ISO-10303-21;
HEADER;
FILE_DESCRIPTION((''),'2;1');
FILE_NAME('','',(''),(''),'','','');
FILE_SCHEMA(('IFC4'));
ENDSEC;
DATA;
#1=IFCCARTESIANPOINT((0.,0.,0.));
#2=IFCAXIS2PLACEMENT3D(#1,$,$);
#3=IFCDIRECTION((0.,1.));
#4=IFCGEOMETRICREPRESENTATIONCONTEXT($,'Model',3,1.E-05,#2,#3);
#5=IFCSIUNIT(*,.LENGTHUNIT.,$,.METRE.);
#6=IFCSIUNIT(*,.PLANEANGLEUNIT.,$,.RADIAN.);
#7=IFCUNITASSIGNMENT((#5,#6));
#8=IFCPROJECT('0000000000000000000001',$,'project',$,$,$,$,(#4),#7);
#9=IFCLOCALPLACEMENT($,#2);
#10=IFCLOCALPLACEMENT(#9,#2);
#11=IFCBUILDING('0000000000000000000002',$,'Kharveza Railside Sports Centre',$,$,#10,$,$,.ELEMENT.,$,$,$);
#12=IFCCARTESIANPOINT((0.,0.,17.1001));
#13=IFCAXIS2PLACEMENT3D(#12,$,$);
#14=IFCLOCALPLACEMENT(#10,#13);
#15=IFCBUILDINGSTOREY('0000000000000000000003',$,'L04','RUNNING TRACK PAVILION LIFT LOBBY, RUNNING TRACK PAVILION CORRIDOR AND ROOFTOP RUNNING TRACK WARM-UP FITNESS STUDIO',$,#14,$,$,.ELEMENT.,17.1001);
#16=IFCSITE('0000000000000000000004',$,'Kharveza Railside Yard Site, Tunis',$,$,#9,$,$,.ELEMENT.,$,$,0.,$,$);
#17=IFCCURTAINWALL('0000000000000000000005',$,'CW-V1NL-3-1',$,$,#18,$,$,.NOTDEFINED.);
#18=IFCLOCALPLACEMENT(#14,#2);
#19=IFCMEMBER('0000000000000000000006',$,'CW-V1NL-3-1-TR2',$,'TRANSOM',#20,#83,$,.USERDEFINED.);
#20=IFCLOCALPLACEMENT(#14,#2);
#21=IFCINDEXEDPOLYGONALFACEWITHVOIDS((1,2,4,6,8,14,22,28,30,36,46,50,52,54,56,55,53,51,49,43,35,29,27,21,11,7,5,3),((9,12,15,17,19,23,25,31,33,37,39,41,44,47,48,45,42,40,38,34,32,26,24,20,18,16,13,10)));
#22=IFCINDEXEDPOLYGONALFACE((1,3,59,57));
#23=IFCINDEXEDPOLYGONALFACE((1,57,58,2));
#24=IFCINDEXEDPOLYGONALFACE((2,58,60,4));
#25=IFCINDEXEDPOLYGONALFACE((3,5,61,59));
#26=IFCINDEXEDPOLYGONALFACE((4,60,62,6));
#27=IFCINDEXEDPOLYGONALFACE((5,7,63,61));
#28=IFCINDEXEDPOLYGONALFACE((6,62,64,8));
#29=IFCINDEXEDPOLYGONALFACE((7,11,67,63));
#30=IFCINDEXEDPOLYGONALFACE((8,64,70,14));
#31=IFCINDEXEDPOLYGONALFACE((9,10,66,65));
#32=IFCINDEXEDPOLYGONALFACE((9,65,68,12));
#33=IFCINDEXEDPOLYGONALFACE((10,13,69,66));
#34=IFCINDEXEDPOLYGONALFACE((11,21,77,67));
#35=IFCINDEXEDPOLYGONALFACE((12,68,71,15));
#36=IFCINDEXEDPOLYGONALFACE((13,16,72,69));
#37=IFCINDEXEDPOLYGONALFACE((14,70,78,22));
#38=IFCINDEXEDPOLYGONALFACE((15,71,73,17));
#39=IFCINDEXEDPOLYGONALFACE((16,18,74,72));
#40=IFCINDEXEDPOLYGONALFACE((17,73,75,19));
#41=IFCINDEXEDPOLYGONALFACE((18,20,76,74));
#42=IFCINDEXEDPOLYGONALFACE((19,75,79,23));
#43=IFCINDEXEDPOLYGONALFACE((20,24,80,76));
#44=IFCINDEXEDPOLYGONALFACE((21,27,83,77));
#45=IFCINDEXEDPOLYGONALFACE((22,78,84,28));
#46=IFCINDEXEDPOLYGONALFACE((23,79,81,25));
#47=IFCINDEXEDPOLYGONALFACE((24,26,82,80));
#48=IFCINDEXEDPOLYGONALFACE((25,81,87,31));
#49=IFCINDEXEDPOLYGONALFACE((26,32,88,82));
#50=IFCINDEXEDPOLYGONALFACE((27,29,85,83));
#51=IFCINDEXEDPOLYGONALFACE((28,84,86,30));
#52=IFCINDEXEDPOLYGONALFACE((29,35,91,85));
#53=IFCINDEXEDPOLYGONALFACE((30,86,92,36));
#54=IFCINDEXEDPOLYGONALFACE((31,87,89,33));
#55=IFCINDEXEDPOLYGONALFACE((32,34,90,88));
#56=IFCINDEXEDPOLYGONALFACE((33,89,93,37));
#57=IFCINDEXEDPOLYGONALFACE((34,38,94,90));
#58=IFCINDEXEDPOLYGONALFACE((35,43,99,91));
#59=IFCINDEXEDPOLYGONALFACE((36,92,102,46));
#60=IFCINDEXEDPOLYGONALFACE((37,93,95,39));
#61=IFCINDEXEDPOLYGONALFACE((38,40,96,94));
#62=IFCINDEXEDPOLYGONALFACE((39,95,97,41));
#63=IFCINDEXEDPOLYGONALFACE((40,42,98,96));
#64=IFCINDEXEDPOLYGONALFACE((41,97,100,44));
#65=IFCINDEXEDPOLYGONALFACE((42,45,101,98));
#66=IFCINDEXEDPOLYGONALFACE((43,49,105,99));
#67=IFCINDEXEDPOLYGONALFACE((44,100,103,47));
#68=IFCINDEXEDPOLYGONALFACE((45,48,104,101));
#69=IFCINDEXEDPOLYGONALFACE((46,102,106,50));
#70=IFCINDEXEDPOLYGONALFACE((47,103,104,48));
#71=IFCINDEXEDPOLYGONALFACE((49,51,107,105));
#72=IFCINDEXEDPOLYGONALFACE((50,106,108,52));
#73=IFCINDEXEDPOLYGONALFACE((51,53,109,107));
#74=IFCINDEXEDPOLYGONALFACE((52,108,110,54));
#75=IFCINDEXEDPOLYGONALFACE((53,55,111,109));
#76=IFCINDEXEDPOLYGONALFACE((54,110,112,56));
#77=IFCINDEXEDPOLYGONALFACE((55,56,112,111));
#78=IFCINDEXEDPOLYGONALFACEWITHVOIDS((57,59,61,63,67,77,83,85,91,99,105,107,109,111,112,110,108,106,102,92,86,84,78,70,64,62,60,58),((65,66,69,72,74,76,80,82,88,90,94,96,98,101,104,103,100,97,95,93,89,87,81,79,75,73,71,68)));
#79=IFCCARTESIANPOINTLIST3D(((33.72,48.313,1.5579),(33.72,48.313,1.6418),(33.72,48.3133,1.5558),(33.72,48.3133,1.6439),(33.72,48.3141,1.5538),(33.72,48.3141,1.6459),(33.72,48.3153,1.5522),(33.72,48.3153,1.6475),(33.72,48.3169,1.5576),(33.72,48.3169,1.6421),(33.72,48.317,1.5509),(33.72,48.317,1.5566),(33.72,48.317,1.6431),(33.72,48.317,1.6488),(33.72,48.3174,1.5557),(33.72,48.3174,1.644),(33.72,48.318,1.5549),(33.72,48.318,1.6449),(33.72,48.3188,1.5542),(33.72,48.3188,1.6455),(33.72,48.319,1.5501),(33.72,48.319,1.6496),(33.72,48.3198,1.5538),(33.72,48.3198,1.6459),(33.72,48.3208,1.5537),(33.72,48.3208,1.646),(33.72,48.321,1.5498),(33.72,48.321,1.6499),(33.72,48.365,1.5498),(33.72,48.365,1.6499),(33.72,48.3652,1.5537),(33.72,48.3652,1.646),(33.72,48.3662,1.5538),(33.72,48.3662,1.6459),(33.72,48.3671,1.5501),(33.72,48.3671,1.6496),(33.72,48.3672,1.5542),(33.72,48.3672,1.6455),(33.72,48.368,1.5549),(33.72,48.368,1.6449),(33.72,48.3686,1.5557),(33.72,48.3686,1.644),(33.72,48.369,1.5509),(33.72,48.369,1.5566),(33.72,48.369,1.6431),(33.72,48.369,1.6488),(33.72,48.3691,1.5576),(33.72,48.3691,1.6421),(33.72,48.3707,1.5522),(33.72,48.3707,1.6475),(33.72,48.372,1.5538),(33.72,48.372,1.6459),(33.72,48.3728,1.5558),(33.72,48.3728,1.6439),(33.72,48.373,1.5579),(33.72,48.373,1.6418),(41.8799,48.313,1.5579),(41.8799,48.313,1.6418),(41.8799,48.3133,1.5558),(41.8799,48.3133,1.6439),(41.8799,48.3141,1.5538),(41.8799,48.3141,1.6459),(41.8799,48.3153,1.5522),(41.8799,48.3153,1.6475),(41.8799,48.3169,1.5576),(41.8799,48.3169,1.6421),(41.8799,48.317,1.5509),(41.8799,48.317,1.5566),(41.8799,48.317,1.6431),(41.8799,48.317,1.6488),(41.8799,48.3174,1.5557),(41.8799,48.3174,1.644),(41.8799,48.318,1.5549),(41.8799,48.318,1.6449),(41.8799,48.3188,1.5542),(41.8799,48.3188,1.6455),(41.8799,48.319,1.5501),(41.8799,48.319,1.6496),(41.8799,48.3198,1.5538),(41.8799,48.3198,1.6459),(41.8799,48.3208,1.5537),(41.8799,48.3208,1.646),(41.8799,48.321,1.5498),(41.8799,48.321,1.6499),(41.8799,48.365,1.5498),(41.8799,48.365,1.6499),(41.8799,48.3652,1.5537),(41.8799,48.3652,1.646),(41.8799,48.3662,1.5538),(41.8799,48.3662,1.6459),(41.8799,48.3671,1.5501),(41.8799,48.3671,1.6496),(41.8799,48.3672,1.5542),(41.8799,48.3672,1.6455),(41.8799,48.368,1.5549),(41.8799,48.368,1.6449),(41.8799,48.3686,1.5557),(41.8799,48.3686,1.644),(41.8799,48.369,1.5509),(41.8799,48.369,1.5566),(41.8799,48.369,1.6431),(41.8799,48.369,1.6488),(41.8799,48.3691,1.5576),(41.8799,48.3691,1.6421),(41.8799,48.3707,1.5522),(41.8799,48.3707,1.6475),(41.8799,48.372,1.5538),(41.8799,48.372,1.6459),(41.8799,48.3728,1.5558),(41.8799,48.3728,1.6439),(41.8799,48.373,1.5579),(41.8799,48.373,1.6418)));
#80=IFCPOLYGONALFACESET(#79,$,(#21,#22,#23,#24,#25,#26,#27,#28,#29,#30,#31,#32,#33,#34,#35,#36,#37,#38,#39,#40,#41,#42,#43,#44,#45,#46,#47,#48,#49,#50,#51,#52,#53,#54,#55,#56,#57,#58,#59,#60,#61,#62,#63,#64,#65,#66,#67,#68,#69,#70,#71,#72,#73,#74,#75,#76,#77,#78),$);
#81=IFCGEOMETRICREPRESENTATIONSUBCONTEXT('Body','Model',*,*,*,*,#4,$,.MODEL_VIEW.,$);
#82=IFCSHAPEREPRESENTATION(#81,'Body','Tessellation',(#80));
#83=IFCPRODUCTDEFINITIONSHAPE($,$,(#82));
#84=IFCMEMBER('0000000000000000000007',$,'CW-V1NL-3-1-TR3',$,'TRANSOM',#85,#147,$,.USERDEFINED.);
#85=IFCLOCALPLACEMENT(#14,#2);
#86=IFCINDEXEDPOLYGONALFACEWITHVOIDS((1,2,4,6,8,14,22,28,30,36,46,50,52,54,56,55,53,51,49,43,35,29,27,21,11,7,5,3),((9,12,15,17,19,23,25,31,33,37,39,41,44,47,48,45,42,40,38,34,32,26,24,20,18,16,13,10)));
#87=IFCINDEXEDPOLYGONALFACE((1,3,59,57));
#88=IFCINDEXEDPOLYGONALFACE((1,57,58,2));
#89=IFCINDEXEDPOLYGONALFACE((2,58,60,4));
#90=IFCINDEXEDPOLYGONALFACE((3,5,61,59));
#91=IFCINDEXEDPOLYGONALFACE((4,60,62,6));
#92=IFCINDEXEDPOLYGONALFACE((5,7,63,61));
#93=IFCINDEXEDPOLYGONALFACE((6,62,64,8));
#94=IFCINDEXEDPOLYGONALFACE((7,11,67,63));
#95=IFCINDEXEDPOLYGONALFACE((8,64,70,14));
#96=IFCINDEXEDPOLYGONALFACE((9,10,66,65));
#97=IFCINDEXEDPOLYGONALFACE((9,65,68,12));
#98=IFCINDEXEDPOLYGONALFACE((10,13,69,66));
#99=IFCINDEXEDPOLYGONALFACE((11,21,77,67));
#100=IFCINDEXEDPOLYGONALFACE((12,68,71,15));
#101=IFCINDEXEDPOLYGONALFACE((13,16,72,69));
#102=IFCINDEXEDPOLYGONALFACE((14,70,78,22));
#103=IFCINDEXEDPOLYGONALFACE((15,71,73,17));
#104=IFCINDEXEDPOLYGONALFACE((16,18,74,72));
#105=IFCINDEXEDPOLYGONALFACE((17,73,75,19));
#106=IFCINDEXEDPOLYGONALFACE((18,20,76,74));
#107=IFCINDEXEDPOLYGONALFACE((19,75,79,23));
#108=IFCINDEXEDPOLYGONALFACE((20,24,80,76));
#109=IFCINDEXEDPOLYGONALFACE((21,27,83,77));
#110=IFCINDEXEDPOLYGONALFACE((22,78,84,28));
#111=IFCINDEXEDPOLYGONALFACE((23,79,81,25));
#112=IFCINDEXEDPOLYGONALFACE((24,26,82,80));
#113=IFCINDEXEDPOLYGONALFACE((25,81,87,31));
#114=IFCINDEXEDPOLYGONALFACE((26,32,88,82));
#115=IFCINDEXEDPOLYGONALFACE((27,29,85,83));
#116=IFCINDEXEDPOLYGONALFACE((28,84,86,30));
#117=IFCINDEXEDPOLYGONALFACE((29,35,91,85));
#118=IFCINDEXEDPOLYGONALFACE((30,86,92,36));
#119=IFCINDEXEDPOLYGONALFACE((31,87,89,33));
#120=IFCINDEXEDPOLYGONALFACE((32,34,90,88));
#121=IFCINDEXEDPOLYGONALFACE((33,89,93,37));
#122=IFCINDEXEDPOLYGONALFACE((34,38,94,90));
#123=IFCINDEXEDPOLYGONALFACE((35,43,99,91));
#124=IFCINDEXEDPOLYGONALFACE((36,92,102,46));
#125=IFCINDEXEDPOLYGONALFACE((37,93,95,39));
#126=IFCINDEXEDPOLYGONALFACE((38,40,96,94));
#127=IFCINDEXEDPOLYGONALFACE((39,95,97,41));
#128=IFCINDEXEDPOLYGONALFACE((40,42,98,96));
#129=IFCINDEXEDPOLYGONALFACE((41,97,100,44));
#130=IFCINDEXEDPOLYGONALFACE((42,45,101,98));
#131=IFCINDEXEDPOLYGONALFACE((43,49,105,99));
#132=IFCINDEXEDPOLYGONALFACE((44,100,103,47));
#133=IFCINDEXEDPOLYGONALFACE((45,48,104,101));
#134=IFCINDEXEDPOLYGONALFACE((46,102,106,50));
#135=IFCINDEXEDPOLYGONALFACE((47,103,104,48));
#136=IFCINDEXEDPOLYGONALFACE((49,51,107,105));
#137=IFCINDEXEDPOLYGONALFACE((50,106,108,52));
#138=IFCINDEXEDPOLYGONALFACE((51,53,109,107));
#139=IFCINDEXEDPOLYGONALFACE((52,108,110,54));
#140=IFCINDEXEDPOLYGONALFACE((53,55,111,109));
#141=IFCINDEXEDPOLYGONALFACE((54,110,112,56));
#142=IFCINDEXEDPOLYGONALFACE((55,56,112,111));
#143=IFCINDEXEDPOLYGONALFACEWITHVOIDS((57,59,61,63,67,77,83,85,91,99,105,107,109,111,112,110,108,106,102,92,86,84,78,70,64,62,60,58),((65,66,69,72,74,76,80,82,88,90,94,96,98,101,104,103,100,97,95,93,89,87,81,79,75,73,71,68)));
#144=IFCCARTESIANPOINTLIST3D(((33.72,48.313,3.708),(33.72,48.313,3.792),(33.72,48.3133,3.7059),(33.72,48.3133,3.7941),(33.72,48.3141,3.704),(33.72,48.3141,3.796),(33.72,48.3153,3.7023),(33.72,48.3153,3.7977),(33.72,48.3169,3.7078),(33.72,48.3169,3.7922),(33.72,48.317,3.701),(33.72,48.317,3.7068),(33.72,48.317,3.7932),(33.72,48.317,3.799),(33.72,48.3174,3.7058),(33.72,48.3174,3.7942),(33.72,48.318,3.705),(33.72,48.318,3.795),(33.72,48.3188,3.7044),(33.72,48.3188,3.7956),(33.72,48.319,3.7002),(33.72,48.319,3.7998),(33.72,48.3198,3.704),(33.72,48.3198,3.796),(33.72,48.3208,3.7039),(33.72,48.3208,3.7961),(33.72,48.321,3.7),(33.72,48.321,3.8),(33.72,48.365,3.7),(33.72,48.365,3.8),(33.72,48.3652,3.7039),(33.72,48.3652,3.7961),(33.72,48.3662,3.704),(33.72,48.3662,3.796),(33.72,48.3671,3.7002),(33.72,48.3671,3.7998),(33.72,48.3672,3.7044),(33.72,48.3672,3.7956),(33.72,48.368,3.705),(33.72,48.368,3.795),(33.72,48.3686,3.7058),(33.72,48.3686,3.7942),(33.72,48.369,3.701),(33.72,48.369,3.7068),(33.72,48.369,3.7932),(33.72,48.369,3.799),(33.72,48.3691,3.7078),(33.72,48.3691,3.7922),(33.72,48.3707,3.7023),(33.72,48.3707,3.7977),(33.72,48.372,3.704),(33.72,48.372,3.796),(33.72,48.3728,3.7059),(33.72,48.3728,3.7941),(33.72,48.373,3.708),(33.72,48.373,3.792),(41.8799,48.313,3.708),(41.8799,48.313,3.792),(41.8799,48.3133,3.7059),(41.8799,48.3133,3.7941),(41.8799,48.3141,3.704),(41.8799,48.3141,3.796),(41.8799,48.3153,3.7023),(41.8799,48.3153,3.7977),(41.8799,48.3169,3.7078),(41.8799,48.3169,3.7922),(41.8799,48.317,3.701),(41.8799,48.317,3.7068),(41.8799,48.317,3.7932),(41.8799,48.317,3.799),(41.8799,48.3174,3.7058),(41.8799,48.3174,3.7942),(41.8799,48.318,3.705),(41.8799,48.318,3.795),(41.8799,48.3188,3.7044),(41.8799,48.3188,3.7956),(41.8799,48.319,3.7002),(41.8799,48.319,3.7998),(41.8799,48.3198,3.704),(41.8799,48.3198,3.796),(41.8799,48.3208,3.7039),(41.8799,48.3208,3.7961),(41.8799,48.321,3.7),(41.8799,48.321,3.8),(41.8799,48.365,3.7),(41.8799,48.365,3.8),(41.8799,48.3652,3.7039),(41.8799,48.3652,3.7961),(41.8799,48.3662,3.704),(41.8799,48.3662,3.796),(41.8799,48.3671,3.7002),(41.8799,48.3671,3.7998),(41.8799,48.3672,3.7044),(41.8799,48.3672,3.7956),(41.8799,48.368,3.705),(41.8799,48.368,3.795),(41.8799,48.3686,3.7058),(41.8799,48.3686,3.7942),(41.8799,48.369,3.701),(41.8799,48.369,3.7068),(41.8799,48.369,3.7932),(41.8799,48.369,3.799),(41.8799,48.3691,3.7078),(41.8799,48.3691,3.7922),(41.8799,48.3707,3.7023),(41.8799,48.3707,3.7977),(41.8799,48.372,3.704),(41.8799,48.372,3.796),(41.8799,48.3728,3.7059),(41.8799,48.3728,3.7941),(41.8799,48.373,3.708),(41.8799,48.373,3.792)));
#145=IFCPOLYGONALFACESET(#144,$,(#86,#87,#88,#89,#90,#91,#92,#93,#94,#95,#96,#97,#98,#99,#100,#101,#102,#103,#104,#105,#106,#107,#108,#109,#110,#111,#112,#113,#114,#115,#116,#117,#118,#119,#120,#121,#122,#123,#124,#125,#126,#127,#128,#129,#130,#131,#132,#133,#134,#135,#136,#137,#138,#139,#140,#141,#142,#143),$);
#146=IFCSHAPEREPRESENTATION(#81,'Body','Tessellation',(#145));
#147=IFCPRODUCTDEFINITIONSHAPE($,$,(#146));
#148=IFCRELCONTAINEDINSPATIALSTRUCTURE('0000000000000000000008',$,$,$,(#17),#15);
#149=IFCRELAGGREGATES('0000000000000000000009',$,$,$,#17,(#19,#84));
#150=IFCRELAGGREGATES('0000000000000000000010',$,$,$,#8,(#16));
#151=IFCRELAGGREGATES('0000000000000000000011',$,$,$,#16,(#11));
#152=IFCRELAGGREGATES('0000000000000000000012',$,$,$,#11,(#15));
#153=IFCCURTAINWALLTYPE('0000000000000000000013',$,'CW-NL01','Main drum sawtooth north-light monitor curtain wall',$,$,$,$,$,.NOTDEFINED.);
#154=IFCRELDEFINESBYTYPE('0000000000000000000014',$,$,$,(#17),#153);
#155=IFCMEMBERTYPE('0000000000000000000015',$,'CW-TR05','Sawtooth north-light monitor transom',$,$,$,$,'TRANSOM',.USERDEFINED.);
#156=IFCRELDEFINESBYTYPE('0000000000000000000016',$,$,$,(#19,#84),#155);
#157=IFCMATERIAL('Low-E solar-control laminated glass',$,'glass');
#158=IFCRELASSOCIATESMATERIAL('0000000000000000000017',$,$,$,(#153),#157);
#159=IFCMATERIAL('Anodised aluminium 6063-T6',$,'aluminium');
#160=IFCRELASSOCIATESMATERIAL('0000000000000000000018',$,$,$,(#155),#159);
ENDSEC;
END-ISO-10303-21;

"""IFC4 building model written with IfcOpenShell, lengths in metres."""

from ifc_helpers import new_model, si_unit, direction, frame, origin, origin_2d, place, context, subcontext, project, spatial, hollow_rectangle, extrude, material, material_profile, profile_set, type_object, element, aggregate, save


model = new_model("IFC4")

# Units and contexts
model_context = context("Model", 3, precision=1e-05, world=origin(), true_north=direction((0.0, 1.0)))
body_context = subcontext(model_context, "Body", "Model", "MODEL_VIEW")
ifc_project = project(units=[si_unit("LENGTHUNIT", "METRE"), si_unit("PLANEANGLEUNIT", "RADIAN")], contexts=[model_context])

# Site, building, storey
site_placement = place(None, origin())
site = spatial("IfcSite", under=ifc_project, at=site_placement, Name="Kharveza Railside Yard Site, Tunis", CompositionType="ELEMENT", RefElevation=0.0)
building_placement = place(site_placement, origin())
building = spatial("IfcBuilding", under=site, at=building_placement, Name="Kharveza Railside Sports Centre", CompositionType="ELEMENT")
storey_placement = place(building_placement, frame((0.0, 0.0, 17.1001)))
storey = spatial("IfcBuildingStorey", under=building, at=storey_placement, Name="L04", Description="RUNNING TRACK PAVILION LIFT LOBBY, RUNNING TRACK PAVILION CORRIDOR AND ROOFTOP RUNNING TRACK WARM-UP FITNESS STUDIO", CompositionType="ELEMENT", Elevation=17.1001)

# Curtain wall
ifc_material_1 = material(Name="Low-E solar-control laminated glass", Category="glass")
curtain_wall_type = type_object("IfcCurtainWallType", Name="CW-NL01", Description="Main drum sawtooth north-light monitor curtain wall", PredefinedType="NOTDEFINED", material=ifc_material_1)
curtain_wall_1_placement = place(storey_placement, origin())
curtain_wall_1 = element("IfcCurtainWall", 1, at=curtain_wall_1_placement, inside=storey, type_object=curtain_wall_type, Name="CW-V1NL-3-1", PredefinedType="NOTDEFINED")
ifc_material_2 = material(Name="Anodised aluminium 6063-T6", Category="aluminium")

# Members
ifc_material_profile_1 = material_profile(ifc_material_2, hollow_rectangle(XDim=0.0601, YDim=0.1001, WallThickness=0.0039, InnerFilletRadius=0.0039, OuterFilletRadius=0.0081, at=origin_2d()), Name="RHS 60x100x4.0")
ifc_profile_set_1 = profile_set([ifc_material_profile_1], Name="Anodised aluminium 6063-T6")
member_type_1 = type_object("IfcMemberType", Name="CW-TR05", Description="Sawtooth north-light monitor transom", ElementType="TRANSOM", PredefinedType="USERDEFINED", material=ifc_profile_set_1)
member_1_placement = place(storey_placement, frame((33.72, 48.343, 1.5999), z_axis=(1.0, 0.0, 0.0), x_axis=(0.0, 1.0, 0.0)))
member_1 = element("IfcMember", 2, at=member_1_placement, type_object=member_type_1, Name="CW-V1NL-3-1-TR2", ObjectType="TRANSOM", PredefinedType="USERDEFINED", context=body_context, shape_type="SweptSolid", body=[
    extrude(hollow_rectangle(XDim=0.0601, YDim=0.1001, WallThickness=0.0039, InnerFilletRadius=0.0039, OuterFilletRadius=0.0081, at=origin_2d()), origin(), (0.0, 0.0, 1.0), 8.1599),
])
member_2_placement = place(storey_placement, frame((33.72, 48.343, 3.75), z_axis=(1.0, 0.0, 0.0), x_axis=(0.0, 1.0, 0.0)))
member_2 = element("IfcMember", 3, at=member_2_placement, type_object=member_type_1, Name="CW-V1NL-3-1-TR3", ObjectType="TRANSOM", PredefinedType="USERDEFINED", context=body_context, shape_type="SweptSolid", body=[
    extrude(hollow_rectangle(XDim=0.0601, YDim=0.1001, WallThickness=0.0039, InnerFilletRadius=0.0039, OuterFilletRadius=0.0081, at=origin_2d()), origin(), (0.0, 0.0, 1.0), 8.1599),
])

aggregate(curtain_wall_1, [member_1, member_2])

save(model, "model.ifc")
